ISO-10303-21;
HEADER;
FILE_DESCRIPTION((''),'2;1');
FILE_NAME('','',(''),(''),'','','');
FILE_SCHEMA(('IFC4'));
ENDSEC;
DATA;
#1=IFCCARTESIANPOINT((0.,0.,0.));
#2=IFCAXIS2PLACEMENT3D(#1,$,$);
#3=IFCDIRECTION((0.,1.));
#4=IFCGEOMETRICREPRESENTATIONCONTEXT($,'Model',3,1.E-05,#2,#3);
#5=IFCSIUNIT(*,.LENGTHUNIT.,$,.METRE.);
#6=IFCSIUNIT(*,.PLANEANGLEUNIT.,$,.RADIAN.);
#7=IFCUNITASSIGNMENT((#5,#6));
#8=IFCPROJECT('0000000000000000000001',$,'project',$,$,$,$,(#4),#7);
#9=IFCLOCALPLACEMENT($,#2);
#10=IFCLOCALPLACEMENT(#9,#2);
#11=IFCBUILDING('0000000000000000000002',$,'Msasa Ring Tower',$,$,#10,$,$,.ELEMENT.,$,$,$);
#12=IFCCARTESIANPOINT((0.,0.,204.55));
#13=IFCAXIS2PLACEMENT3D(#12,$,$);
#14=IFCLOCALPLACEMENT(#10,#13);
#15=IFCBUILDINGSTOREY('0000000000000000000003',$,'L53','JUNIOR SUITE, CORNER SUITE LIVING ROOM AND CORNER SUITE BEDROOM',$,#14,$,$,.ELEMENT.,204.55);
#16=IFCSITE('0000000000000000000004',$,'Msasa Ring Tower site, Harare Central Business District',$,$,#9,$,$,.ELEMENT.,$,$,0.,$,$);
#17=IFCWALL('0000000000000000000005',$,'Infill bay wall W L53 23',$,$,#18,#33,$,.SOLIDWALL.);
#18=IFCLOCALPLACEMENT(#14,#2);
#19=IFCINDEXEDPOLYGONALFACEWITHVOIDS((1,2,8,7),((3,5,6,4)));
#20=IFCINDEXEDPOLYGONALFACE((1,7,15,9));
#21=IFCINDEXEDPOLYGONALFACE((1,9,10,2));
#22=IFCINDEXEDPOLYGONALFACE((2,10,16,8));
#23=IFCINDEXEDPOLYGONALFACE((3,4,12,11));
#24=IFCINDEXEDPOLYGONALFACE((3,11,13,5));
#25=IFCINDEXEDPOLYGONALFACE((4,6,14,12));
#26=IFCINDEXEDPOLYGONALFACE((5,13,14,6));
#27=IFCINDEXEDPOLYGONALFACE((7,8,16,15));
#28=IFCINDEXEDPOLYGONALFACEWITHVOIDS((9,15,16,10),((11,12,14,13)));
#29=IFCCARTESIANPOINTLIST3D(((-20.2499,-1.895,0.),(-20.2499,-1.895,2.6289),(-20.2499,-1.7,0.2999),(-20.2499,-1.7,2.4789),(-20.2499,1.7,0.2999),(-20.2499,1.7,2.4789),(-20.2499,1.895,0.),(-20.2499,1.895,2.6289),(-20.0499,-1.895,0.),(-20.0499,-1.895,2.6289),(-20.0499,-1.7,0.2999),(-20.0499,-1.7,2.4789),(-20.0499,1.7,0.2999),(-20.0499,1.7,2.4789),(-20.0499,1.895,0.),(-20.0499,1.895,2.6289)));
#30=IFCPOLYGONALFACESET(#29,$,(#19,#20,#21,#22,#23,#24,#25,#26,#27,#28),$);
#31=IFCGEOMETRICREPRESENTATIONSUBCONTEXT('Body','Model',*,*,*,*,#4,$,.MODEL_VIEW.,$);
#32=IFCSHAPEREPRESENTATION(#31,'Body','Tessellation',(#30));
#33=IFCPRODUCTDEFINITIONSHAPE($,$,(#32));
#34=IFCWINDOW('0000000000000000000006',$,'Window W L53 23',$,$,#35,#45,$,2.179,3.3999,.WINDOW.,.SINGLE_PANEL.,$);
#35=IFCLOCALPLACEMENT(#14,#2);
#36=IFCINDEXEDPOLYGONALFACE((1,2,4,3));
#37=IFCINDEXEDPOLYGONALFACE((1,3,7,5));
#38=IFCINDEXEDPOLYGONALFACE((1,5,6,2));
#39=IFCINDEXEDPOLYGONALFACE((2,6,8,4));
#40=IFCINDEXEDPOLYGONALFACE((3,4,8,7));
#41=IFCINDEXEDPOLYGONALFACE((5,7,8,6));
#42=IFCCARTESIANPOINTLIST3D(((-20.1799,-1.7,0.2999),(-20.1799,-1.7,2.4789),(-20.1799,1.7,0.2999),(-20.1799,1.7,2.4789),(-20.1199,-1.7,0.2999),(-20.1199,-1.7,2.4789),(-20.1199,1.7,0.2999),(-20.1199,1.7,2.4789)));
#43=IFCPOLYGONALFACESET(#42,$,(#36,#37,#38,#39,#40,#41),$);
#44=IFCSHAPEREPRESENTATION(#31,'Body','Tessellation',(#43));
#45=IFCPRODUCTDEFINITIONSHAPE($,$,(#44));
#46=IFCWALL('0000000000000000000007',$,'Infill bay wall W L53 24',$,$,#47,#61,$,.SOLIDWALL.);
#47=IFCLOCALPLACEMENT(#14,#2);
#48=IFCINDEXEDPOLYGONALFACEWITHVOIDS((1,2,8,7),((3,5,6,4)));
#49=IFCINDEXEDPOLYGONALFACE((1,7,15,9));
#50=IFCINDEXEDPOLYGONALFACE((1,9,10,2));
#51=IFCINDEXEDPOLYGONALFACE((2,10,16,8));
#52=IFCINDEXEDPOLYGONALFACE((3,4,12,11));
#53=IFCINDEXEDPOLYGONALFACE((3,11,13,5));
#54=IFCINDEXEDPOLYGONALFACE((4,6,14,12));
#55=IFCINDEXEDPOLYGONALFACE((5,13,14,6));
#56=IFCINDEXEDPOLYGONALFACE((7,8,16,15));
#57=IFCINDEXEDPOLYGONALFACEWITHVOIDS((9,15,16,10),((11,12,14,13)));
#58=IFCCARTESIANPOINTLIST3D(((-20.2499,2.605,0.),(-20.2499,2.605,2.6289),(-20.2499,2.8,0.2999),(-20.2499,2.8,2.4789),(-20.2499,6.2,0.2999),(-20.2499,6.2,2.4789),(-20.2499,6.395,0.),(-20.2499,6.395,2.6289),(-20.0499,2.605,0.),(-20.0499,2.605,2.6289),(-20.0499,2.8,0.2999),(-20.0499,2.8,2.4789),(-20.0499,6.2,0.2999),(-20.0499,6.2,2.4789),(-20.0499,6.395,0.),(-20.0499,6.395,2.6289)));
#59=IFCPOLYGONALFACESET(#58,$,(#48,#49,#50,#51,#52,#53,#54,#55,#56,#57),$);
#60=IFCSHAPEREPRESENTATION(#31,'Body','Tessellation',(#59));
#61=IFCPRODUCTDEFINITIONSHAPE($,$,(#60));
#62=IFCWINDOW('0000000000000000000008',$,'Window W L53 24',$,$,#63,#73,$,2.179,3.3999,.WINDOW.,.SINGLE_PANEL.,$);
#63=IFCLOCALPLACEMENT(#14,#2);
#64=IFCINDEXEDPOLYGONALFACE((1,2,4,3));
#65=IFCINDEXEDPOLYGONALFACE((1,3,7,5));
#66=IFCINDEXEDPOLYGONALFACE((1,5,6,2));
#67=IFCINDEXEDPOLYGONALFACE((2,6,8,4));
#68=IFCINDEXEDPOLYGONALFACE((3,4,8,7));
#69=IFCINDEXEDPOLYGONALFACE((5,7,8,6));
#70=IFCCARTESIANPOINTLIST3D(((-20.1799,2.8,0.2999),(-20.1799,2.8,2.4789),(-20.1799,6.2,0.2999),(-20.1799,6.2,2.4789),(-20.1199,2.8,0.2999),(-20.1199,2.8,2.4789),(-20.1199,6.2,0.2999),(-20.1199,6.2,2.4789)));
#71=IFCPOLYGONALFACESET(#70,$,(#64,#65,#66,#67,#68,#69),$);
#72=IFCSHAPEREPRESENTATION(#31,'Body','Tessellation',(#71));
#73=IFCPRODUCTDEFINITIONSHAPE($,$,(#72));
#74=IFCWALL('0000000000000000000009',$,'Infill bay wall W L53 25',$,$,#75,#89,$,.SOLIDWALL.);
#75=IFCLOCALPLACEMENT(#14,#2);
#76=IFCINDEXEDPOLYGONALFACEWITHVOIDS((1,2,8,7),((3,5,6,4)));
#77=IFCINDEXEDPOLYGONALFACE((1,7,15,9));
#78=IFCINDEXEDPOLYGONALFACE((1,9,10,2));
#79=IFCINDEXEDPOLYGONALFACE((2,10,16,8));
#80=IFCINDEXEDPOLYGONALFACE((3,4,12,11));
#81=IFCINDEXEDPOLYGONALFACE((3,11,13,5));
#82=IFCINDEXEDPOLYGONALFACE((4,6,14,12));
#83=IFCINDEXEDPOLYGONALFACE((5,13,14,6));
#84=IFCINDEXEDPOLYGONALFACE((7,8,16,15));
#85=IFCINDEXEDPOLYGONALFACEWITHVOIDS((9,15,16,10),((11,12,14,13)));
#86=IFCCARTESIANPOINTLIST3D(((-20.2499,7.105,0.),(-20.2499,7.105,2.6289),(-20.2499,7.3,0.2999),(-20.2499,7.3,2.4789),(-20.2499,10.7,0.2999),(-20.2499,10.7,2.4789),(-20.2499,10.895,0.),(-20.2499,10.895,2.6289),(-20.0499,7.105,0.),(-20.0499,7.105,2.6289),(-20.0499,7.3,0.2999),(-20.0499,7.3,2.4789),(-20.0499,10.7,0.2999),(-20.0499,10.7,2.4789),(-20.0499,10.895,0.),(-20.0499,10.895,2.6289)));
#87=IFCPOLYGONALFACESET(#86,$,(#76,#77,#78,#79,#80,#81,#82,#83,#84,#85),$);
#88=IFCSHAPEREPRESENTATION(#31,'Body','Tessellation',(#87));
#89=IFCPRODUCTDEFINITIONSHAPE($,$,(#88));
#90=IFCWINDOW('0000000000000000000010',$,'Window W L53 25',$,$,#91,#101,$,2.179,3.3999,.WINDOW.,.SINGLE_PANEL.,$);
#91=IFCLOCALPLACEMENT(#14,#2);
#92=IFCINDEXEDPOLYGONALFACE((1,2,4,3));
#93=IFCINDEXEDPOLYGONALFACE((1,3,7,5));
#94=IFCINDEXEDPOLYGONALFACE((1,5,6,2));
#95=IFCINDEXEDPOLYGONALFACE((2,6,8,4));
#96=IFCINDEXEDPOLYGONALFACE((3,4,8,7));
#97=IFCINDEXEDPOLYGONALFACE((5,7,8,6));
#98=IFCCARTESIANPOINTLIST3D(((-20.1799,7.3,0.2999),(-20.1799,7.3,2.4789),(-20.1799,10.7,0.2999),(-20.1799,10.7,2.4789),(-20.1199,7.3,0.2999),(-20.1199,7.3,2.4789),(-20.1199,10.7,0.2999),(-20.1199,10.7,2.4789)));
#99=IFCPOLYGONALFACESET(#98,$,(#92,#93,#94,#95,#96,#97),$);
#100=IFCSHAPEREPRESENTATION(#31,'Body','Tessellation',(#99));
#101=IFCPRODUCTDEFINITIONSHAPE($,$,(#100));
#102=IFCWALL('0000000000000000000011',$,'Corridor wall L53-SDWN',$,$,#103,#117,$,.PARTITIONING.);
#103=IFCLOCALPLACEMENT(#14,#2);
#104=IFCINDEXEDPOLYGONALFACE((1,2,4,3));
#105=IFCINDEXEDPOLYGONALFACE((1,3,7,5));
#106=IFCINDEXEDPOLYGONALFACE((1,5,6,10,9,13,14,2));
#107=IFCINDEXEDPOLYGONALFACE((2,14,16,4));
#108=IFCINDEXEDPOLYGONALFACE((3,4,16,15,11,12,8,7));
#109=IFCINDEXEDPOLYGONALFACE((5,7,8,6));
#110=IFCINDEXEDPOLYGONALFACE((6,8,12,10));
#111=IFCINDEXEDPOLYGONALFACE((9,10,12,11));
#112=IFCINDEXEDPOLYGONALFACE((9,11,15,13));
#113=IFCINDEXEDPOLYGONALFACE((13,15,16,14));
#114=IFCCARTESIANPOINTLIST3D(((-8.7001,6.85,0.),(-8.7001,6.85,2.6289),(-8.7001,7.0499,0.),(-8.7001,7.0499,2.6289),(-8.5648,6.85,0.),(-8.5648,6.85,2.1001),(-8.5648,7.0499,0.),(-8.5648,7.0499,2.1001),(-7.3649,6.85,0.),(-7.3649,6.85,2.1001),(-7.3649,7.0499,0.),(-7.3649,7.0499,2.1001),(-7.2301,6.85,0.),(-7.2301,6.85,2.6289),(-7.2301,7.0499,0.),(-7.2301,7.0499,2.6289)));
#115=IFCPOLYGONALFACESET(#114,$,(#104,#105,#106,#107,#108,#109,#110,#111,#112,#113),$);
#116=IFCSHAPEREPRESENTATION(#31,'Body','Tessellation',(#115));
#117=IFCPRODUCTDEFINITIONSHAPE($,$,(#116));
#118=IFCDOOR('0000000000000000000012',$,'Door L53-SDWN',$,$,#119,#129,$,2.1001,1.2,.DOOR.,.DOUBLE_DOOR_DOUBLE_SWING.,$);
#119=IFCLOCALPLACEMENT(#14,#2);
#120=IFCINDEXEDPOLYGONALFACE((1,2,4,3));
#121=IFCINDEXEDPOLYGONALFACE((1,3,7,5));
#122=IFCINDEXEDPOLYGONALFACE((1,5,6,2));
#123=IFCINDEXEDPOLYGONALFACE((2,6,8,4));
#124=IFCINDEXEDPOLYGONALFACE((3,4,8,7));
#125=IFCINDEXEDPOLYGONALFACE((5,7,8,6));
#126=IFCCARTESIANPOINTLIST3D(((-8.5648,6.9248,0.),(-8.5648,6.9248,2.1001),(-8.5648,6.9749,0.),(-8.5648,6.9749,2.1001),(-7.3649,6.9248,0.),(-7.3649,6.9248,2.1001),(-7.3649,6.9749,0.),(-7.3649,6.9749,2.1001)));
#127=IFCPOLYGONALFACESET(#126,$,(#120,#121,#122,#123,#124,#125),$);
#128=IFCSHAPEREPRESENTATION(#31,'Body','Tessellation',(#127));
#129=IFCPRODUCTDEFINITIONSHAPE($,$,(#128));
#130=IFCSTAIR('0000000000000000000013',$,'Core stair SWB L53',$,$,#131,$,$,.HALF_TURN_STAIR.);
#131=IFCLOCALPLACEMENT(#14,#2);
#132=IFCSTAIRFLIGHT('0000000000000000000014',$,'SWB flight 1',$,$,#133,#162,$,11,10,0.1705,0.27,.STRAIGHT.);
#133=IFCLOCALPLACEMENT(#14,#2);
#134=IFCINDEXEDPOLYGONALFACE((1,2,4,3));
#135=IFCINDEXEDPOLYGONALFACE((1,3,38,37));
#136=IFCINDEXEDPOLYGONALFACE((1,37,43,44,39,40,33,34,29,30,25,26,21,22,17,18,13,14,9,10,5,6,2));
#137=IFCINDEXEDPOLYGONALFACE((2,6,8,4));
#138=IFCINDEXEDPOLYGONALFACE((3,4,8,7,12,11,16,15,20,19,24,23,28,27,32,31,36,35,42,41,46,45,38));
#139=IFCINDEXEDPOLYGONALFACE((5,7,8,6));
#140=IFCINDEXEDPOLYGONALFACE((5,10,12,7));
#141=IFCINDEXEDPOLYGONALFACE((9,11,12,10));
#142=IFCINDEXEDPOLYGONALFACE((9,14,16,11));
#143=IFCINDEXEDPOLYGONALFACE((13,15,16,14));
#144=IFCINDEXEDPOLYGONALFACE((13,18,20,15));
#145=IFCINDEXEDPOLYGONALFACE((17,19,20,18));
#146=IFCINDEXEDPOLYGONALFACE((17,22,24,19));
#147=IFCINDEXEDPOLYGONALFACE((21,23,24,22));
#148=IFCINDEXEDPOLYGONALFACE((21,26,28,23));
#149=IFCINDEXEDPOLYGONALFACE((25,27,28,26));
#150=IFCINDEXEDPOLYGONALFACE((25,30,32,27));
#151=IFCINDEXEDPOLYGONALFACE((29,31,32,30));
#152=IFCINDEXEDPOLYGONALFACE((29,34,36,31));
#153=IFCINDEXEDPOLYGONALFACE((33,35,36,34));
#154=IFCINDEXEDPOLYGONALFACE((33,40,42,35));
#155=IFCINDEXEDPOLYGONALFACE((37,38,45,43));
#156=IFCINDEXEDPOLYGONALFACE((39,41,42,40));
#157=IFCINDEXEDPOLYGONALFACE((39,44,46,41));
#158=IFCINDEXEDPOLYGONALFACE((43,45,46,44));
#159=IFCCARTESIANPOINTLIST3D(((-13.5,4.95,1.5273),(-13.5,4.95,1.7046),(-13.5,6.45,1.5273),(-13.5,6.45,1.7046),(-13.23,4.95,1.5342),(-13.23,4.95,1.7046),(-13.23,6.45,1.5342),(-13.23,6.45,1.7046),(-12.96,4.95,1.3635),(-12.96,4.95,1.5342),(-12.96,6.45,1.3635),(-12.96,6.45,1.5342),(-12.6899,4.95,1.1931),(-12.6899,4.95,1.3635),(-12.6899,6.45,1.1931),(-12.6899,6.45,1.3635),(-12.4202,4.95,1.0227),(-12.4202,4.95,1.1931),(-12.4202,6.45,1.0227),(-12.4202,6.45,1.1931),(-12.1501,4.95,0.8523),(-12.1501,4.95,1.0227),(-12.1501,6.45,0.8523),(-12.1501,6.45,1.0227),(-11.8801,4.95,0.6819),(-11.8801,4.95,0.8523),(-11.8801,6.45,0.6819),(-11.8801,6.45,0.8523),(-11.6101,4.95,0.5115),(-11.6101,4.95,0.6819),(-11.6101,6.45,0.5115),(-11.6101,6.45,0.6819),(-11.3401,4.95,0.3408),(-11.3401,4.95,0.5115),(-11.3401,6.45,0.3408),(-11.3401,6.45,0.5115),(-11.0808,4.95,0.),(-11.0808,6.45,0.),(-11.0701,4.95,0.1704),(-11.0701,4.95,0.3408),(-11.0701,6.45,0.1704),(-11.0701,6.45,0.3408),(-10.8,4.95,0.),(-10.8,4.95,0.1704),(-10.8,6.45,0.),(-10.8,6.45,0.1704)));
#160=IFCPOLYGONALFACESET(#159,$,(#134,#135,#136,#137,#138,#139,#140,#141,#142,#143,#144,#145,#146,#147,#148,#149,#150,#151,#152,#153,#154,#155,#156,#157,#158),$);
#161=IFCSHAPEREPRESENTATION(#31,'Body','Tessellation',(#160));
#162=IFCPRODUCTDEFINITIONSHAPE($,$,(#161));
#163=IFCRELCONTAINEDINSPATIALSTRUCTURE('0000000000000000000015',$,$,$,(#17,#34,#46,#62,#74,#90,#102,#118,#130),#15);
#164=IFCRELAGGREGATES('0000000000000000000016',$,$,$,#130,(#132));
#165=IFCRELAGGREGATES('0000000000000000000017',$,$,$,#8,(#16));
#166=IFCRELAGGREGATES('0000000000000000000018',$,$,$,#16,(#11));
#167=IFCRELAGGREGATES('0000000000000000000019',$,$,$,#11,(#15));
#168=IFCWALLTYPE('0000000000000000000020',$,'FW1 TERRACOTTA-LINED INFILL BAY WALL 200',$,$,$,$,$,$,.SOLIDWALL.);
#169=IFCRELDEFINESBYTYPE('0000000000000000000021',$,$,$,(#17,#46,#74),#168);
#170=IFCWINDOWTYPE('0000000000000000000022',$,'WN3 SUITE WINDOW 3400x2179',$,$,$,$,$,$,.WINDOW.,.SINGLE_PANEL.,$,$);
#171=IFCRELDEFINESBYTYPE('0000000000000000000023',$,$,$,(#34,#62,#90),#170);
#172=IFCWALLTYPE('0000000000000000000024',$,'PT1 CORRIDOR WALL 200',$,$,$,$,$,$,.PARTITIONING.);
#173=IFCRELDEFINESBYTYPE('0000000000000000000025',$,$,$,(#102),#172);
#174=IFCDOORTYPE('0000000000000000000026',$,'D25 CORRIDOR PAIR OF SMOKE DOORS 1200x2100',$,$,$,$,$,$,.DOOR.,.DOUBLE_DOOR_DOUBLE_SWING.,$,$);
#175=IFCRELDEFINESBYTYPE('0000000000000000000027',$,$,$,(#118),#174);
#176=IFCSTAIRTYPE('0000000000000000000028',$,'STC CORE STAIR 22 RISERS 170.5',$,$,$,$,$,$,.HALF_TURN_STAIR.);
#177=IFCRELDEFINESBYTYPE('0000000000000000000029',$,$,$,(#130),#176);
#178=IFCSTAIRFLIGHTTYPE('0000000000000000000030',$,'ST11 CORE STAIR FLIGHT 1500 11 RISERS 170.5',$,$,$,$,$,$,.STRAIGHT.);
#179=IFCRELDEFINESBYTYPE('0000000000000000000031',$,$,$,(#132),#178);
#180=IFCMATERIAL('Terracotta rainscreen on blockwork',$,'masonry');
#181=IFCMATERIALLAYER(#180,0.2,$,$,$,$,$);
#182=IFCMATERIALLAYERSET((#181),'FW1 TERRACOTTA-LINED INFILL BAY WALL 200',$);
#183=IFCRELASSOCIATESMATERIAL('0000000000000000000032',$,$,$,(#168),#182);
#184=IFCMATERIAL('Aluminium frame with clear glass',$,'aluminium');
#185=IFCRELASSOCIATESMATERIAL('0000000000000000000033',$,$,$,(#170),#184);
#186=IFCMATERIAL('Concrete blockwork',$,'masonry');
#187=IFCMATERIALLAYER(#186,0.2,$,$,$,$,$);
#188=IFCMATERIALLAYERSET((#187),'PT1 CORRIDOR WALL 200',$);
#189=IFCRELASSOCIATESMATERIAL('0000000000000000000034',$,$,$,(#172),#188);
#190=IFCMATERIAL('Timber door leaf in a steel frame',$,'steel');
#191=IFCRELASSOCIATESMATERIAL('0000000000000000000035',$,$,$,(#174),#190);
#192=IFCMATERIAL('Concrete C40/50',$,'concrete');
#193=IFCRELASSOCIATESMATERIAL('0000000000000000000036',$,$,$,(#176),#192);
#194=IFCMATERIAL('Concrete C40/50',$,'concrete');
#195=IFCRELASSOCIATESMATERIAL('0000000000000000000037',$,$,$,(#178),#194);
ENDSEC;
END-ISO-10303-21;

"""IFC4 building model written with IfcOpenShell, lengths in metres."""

from ifc_helpers import new_model, si_unit, direction, frame, frame_2d, origin, place, context, subcontext, project, spatial, polyline, rectangle, outline, extrude, material, layer, layer_set, type_object, element, fill, aggregate, save


model = new_model("IFC4")

# Units and contexts
model_context = context("Model", 3, precision=1e-05, world=origin(), true_north=direction((0.0, 1.0)))
body_context = subcontext(model_context, "Body", "Model", "MODEL_VIEW")
ifc_project = project(units=[si_unit("LENGTHUNIT", "METRE"), si_unit("PLANEANGLEUNIT", "RADIAN")], contexts=[model_context])

# Site, building, storey
site_placement = place(None, origin())
site = spatial("IfcSite", under=ifc_project, at=site_placement, Name="Msasa Ring Tower site, Harare Central Business District", CompositionType="ELEMENT", RefElevation=0.0)
building_placement = place(site_placement, origin())
building = spatial("IfcBuilding", under=site, at=building_placement, Name="Msasa Ring Tower", CompositionType="ELEMENT")
storey_placement = place(building_placement, frame((0.0, 0.0, 204.55)))
storey = spatial("IfcBuildingStorey", under=building, at=storey_placement, Name="L53", Description="JUNIOR SUITE, CORNER SUITE LIVING ROOM AND CORNER SUITE BEDROOM", CompositionType="ELEMENT", Elevation=204.55)

# Walls, openings, windows
ifc_material_1 = material(Name="Terracotta rainscreen on blockwork", Category="masonry")
ifc_layer_1 = layer(ifc_material_1, 0.2)
ifc_layer_set_1 = layer_set([ifc_layer_1], Name="FW1 TERRACOTTA-LINED INFILL BAY WALL 200")
wall_type_1 = type_object("IfcWallType", Name="FW1 TERRACOTTA-LINED INFILL BAY WALL 200", PredefinedType="SOLIDWALL", material=ifc_layer_set_1)
wall_1_placement = place(storey_placement, frame((-20.1499, -1.895, 0.0), z_axis=(0.0, 0.0, 1.0), x_axis=(0.0, 1.0, 0.0)))
wall_1 = element("IfcWall", 1, at=wall_1_placement, inside=storey, type_object=wall_type_1, Name="Infill bay wall W L53 23", PredefinedType="SOLIDWALL", context=body_context, shape_type="SweptSolid", body=[
    extrude(rectangle(XDim=3.79, YDim=0.2, at=frame_2d((1.895, 0.0))), origin(), (0.0, 0.0, 1.0), 2.6289),
])
opening_1_placement = place(wall_1_placement, frame((0.1951, 0.0, 0.3)))
opening_1 = element("IfcOpeningElement", 2, at=opening_1_placement, cuts=wall_1, PredefinedType="OPENING", context=body_context, shape_type="SweptSolid", body=[
    extrude(rectangle(XDim=3.3999, YDim=2.179, at=frame_2d((1.7, 1.0894))), frame((0.0, 0.1099, 0.0), z_axis=(0.0, -1.0, 0.0), x_axis=(1.0, 0.0, 0.0)), (0.0, 0.0, 1.0), 0.22),
])
ifc_material_2 = material(Name="Aluminium frame with clear glass", Category="aluminium")
window_type = type_object("IfcWindowType", Name="WN3 SUITE WINDOW 3400x2179", PartitioningType="SINGLE_PANEL", PredefinedType="WINDOW", material=ifc_material_2)
window_1_placement = place(opening_1_placement, origin())
window_1 = element("IfcWindow", 3, at=window_1_placement, inside=storey, type_object=window_type, Name="Window W L53 23", OverallHeight=2.179, OverallWidth=3.3999, PartitioningType="SINGLE_PANEL", PredefinedType="WINDOW", context=body_context, shape_type="SweptSolid", body=[
    extrude(rectangle(XDim=3.3999, YDim=2.179, at=frame_2d((1.7, 1.0894))), frame((0.0, 0.03, 0.0), z_axis=(0.0, -1.0, 0.0), x_axis=(1.0, 0.0, 0.0)), (0.0, 0.0, 1.0), 0.0601),
])
fill(opening_1, window_1)
wall_2_placement = place(storey_placement, frame((-20.1499, 2.605, 0.0), z_axis=(0.0, 0.0, 1.0), x_axis=(0.0, 1.0, 0.0)))
wall_2 = element("IfcWall", 4, at=wall_2_placement, inside=storey, type_object=wall_type_1, Name="Infill bay wall W L53 24", PredefinedType="SOLIDWALL", context=body_context, shape_type="SweptSolid", body=[
    extrude(rectangle(XDim=3.79, YDim=0.2, at=frame_2d((1.895, 0.0))), origin(), (0.0, 0.0, 1.0), 2.6289),
])
opening_2_placement = place(wall_2_placement, frame((0.1951, 0.0, 0.3)))
opening_2 = element("IfcOpeningElement", 5, at=opening_2_placement, cuts=wall_2, PredefinedType="OPENING", context=body_context, shape_type="SweptSolid", body=[
    extrude(rectangle(XDim=3.3999, YDim=2.179, at=frame_2d((1.7, 1.0894))), frame((0.0, 0.1099, 0.0), z_axis=(0.0, -1.0, 0.0), x_axis=(1.0, 0.0, 0.0)), (0.0, 0.0, 1.0), 0.22),
])
window_2_placement = place(opening_2_placement, origin())
window_2 = element("IfcWindow", 6, at=window_2_placement, inside=storey, type_object=window_type, Name="Window W L53 24", OverallHeight=2.179, OverallWidth=3.3999, PartitioningType="SINGLE_PANEL", PredefinedType="WINDOW", context=body_context, shape_type="SweptSolid", body=[
    extrude(rectangle(XDim=3.3999, YDim=2.179, at=frame_2d((1.7, 1.0894))), frame((0.0, 0.03, 0.0), z_axis=(0.0, -1.0, 0.0), x_axis=(1.0, 0.0, 0.0)), (0.0, 0.0, 1.0), 0.0601),
])
fill(opening_2, window_2)
wall_3_placement = place(storey_placement, frame((-20.1499, 7.105, 0.0), z_axis=(0.0, 0.0, 1.0), x_axis=(0.0, 1.0, 0.0)))
wall_3 = element("IfcWall", 7, at=wall_3_placement, inside=storey, type_object=wall_type_1, Name="Infill bay wall W L53 25", PredefinedType="SOLIDWALL", context=body_context, shape_type="SweptSolid", body=[
    extrude(rectangle(XDim=3.79, YDim=0.2, at=frame_2d((1.895, 0.0))), origin(), (0.0, 0.0, 1.0), 2.6289),
])
opening_3_placement = place(wall_3_placement, frame((0.1951, 0.0, 0.3)))
opening_3 = element("IfcOpeningElement", 8, at=opening_3_placement, cuts=wall_3, PredefinedType="OPENING", context=body_context, shape_type="SweptSolid", body=[
    extrude(rectangle(XDim=3.3999, YDim=2.179, at=frame_2d((1.7, 1.0894))), frame((0.0, 0.1099, 0.0), z_axis=(0.0, -1.0, 0.0), x_axis=(1.0, 0.0, 0.0)), (0.0, 0.0, 1.0), 0.22),
])
window_3_placement = place(opening_3_placement, origin())
window_3 = element("IfcWindow", 9, at=window_3_placement, inside=storey, type_object=window_type, Name="Window W L53 25", OverallHeight=2.179, OverallWidth=3.3999, PartitioningType="SINGLE_PANEL", PredefinedType="WINDOW", context=body_context, shape_type="SweptSolid", body=[
    extrude(rectangle(XDim=3.3999, YDim=2.179, at=frame_2d((1.7, 1.0894))), frame((0.0, 0.03, 0.0), z_axis=(0.0, -1.0, 0.0), x_axis=(1.0, 0.0, 0.0)), (0.0, 0.0, 1.0), 0.0601),
])
fill(opening_3, window_3)

# Wall, opening, door
ifc_material_3 = material(Name="Concrete blockwork", Category="masonry")
ifc_layer_2 = layer(ifc_material_3, 0.2)
ifc_layer_set_2 = layer_set([ifc_layer_2], Name="PT1 CORRIDOR WALL 200")
wall_type_2 = type_object("IfcWallType", Name="PT1 CORRIDOR WALL 200", PredefinedType="PARTITIONING", material=ifc_layer_set_2)
wall_4_placement = place(storey_placement, frame((-8.7, 6.95, 0.0), z_axis=(0.0, 0.0, 1.0), x_axis=(1.0, 0.0, 0.0)))
wall_4 = element("IfcWall", 10, at=wall_4_placement, inside=storey, type_object=wall_type_2, Name="Corridor wall L53-SDWN", PredefinedType="PARTITIONING", context=body_context, shape_type="SweptSolid", body=[
    extrude(rectangle(XDim=1.47, YDim=0.2, at=frame_2d((0.7349, 0.0))), origin(), (0.0, 0.0, 1.0), 2.6289),
])
opening_4_placement = place(wall_4_placement, frame((0.135, 0.0, 0.0)))
opening_4 = element("IfcOpeningElement", 11, at=opening_4_placement, cuts=wall_4, PredefinedType="OPENING", context=body_context, shape_type="SweptSolid", body=[
    extrude(rectangle(XDim=1.2, YDim=2.1001, at=frame_2d((0.6001, 1.05))), frame((0.0, 0.1099, 0.0), z_axis=(0.0, -1.0, 0.0), x_axis=(1.0, 0.0, 0.0)), (0.0, 0.0, 1.0), 0.22),
])
ifc_material_4 = material(Name="Timber door leaf in a steel frame", Category="steel")
door_type = type_object("IfcDoorType", Name="D25 CORRIDOR PAIR OF SMOKE DOORS 1200x2100", OperationType="DOUBLE_DOOR_DOUBLE_SWING", PredefinedType="DOOR", material=ifc_material_4)
door_placement = place(opening_4_placement, origin())
door = element("IfcDoor", 12, at=door_placement, inside=storey, type_object=door_type, Name="Door L53-SDWN", OperationType="DOUBLE_DOOR_DOUBLE_SWING", OverallHeight=2.1001, OverallWidth=1.2, PredefinedType="DOOR", context=body_context, shape_type="SweptSolid", body=[
    extrude(rectangle(XDim=1.2, YDim=2.1001, at=frame_2d((0.6001, 1.05))), frame((0.0, 0.0249, 0.0), z_axis=(0.0, -1.0, 0.0), x_axis=(1.0, 0.0, 0.0)), (0.0, 0.0, 1.0), 0.05),
])
fill(opening_4, door)

# Stair, stair flight
ifc_material_5 = material(Name="Concrete C40/50", Category="concrete")
stair_type = type_object("IfcStairType", Name="STC CORE STAIR 22 RISERS 170.5", PredefinedType="HALF_TURN_STAIR", material=ifc_material_5)
stair_placement = place(storey_placement, origin())
stair = element("IfcStair", 13, at=stair_placement, inside=storey, type_object=stair_type, Name="Core stair SWB L53", PredefinedType="HALF_TURN_STAIR")
ifc_material_6 = material(Name="Concrete C40/50", Category="concrete")
stair_flight_type = type_object("IfcStairFlightType", Name="ST11 CORE STAIR FLIGHT 1500 11 RISERS 170.5", PredefinedType="STRAIGHT", material=ifc_material_6)
stair_flight_1_placement = place(storey_placement, frame((-10.8, 5.7, 0.0), z_axis=(0.0, 0.0, 1.0), x_axis=(-1.0, 0.0, 0.0)))
stair_flight_1 = element("IfcStairFlight", 14, at=stair_flight_1_placement, type_object=stair_flight_type, Name="SWB flight 1", NumberOfRisers=11, NumberOfTreads=10, PredefinedType="STRAIGHT", RiserHeight=0.1705, TreadLength=0.27, context=body_context, shape_type="SweptSolid", body=[
    extrude(outline(polyline([(0.0, 0.0), (0.0, 0.1704), (0.27, 0.1704), (0.27, 0.3408), (0.54, 0.3408), (0.54, 0.5115), (0.8101, 0.5115), (0.8101, 0.6819), (1.0801, 0.6819), (1.0801, 0.8523), (1.3501, 0.8523), (1.3501, 1.0227), (1.6201, 1.0227), (1.6201, 1.1931), (1.8899, 1.1931), (1.8899, 1.3635), (2.1599, 1.3635), (2.1599, 1.5342), (2.4299, 1.5342), (2.4299, 1.7046), (2.7, 1.7046), (2.7, 1.875), (2.7, 1.5273), (0.2808, 0.0), (0.0, 0.0)])), frame((0.0, 0.75, 0.0), z_axis=(0.0, -1.0, 0.0), x_axis=(1.0, 0.0, 0.0)), (0.0, 0.0, 1.0), 1.5),
])
aggregate(stair, [stair_flight_1])

save(model, "model.ifc")
